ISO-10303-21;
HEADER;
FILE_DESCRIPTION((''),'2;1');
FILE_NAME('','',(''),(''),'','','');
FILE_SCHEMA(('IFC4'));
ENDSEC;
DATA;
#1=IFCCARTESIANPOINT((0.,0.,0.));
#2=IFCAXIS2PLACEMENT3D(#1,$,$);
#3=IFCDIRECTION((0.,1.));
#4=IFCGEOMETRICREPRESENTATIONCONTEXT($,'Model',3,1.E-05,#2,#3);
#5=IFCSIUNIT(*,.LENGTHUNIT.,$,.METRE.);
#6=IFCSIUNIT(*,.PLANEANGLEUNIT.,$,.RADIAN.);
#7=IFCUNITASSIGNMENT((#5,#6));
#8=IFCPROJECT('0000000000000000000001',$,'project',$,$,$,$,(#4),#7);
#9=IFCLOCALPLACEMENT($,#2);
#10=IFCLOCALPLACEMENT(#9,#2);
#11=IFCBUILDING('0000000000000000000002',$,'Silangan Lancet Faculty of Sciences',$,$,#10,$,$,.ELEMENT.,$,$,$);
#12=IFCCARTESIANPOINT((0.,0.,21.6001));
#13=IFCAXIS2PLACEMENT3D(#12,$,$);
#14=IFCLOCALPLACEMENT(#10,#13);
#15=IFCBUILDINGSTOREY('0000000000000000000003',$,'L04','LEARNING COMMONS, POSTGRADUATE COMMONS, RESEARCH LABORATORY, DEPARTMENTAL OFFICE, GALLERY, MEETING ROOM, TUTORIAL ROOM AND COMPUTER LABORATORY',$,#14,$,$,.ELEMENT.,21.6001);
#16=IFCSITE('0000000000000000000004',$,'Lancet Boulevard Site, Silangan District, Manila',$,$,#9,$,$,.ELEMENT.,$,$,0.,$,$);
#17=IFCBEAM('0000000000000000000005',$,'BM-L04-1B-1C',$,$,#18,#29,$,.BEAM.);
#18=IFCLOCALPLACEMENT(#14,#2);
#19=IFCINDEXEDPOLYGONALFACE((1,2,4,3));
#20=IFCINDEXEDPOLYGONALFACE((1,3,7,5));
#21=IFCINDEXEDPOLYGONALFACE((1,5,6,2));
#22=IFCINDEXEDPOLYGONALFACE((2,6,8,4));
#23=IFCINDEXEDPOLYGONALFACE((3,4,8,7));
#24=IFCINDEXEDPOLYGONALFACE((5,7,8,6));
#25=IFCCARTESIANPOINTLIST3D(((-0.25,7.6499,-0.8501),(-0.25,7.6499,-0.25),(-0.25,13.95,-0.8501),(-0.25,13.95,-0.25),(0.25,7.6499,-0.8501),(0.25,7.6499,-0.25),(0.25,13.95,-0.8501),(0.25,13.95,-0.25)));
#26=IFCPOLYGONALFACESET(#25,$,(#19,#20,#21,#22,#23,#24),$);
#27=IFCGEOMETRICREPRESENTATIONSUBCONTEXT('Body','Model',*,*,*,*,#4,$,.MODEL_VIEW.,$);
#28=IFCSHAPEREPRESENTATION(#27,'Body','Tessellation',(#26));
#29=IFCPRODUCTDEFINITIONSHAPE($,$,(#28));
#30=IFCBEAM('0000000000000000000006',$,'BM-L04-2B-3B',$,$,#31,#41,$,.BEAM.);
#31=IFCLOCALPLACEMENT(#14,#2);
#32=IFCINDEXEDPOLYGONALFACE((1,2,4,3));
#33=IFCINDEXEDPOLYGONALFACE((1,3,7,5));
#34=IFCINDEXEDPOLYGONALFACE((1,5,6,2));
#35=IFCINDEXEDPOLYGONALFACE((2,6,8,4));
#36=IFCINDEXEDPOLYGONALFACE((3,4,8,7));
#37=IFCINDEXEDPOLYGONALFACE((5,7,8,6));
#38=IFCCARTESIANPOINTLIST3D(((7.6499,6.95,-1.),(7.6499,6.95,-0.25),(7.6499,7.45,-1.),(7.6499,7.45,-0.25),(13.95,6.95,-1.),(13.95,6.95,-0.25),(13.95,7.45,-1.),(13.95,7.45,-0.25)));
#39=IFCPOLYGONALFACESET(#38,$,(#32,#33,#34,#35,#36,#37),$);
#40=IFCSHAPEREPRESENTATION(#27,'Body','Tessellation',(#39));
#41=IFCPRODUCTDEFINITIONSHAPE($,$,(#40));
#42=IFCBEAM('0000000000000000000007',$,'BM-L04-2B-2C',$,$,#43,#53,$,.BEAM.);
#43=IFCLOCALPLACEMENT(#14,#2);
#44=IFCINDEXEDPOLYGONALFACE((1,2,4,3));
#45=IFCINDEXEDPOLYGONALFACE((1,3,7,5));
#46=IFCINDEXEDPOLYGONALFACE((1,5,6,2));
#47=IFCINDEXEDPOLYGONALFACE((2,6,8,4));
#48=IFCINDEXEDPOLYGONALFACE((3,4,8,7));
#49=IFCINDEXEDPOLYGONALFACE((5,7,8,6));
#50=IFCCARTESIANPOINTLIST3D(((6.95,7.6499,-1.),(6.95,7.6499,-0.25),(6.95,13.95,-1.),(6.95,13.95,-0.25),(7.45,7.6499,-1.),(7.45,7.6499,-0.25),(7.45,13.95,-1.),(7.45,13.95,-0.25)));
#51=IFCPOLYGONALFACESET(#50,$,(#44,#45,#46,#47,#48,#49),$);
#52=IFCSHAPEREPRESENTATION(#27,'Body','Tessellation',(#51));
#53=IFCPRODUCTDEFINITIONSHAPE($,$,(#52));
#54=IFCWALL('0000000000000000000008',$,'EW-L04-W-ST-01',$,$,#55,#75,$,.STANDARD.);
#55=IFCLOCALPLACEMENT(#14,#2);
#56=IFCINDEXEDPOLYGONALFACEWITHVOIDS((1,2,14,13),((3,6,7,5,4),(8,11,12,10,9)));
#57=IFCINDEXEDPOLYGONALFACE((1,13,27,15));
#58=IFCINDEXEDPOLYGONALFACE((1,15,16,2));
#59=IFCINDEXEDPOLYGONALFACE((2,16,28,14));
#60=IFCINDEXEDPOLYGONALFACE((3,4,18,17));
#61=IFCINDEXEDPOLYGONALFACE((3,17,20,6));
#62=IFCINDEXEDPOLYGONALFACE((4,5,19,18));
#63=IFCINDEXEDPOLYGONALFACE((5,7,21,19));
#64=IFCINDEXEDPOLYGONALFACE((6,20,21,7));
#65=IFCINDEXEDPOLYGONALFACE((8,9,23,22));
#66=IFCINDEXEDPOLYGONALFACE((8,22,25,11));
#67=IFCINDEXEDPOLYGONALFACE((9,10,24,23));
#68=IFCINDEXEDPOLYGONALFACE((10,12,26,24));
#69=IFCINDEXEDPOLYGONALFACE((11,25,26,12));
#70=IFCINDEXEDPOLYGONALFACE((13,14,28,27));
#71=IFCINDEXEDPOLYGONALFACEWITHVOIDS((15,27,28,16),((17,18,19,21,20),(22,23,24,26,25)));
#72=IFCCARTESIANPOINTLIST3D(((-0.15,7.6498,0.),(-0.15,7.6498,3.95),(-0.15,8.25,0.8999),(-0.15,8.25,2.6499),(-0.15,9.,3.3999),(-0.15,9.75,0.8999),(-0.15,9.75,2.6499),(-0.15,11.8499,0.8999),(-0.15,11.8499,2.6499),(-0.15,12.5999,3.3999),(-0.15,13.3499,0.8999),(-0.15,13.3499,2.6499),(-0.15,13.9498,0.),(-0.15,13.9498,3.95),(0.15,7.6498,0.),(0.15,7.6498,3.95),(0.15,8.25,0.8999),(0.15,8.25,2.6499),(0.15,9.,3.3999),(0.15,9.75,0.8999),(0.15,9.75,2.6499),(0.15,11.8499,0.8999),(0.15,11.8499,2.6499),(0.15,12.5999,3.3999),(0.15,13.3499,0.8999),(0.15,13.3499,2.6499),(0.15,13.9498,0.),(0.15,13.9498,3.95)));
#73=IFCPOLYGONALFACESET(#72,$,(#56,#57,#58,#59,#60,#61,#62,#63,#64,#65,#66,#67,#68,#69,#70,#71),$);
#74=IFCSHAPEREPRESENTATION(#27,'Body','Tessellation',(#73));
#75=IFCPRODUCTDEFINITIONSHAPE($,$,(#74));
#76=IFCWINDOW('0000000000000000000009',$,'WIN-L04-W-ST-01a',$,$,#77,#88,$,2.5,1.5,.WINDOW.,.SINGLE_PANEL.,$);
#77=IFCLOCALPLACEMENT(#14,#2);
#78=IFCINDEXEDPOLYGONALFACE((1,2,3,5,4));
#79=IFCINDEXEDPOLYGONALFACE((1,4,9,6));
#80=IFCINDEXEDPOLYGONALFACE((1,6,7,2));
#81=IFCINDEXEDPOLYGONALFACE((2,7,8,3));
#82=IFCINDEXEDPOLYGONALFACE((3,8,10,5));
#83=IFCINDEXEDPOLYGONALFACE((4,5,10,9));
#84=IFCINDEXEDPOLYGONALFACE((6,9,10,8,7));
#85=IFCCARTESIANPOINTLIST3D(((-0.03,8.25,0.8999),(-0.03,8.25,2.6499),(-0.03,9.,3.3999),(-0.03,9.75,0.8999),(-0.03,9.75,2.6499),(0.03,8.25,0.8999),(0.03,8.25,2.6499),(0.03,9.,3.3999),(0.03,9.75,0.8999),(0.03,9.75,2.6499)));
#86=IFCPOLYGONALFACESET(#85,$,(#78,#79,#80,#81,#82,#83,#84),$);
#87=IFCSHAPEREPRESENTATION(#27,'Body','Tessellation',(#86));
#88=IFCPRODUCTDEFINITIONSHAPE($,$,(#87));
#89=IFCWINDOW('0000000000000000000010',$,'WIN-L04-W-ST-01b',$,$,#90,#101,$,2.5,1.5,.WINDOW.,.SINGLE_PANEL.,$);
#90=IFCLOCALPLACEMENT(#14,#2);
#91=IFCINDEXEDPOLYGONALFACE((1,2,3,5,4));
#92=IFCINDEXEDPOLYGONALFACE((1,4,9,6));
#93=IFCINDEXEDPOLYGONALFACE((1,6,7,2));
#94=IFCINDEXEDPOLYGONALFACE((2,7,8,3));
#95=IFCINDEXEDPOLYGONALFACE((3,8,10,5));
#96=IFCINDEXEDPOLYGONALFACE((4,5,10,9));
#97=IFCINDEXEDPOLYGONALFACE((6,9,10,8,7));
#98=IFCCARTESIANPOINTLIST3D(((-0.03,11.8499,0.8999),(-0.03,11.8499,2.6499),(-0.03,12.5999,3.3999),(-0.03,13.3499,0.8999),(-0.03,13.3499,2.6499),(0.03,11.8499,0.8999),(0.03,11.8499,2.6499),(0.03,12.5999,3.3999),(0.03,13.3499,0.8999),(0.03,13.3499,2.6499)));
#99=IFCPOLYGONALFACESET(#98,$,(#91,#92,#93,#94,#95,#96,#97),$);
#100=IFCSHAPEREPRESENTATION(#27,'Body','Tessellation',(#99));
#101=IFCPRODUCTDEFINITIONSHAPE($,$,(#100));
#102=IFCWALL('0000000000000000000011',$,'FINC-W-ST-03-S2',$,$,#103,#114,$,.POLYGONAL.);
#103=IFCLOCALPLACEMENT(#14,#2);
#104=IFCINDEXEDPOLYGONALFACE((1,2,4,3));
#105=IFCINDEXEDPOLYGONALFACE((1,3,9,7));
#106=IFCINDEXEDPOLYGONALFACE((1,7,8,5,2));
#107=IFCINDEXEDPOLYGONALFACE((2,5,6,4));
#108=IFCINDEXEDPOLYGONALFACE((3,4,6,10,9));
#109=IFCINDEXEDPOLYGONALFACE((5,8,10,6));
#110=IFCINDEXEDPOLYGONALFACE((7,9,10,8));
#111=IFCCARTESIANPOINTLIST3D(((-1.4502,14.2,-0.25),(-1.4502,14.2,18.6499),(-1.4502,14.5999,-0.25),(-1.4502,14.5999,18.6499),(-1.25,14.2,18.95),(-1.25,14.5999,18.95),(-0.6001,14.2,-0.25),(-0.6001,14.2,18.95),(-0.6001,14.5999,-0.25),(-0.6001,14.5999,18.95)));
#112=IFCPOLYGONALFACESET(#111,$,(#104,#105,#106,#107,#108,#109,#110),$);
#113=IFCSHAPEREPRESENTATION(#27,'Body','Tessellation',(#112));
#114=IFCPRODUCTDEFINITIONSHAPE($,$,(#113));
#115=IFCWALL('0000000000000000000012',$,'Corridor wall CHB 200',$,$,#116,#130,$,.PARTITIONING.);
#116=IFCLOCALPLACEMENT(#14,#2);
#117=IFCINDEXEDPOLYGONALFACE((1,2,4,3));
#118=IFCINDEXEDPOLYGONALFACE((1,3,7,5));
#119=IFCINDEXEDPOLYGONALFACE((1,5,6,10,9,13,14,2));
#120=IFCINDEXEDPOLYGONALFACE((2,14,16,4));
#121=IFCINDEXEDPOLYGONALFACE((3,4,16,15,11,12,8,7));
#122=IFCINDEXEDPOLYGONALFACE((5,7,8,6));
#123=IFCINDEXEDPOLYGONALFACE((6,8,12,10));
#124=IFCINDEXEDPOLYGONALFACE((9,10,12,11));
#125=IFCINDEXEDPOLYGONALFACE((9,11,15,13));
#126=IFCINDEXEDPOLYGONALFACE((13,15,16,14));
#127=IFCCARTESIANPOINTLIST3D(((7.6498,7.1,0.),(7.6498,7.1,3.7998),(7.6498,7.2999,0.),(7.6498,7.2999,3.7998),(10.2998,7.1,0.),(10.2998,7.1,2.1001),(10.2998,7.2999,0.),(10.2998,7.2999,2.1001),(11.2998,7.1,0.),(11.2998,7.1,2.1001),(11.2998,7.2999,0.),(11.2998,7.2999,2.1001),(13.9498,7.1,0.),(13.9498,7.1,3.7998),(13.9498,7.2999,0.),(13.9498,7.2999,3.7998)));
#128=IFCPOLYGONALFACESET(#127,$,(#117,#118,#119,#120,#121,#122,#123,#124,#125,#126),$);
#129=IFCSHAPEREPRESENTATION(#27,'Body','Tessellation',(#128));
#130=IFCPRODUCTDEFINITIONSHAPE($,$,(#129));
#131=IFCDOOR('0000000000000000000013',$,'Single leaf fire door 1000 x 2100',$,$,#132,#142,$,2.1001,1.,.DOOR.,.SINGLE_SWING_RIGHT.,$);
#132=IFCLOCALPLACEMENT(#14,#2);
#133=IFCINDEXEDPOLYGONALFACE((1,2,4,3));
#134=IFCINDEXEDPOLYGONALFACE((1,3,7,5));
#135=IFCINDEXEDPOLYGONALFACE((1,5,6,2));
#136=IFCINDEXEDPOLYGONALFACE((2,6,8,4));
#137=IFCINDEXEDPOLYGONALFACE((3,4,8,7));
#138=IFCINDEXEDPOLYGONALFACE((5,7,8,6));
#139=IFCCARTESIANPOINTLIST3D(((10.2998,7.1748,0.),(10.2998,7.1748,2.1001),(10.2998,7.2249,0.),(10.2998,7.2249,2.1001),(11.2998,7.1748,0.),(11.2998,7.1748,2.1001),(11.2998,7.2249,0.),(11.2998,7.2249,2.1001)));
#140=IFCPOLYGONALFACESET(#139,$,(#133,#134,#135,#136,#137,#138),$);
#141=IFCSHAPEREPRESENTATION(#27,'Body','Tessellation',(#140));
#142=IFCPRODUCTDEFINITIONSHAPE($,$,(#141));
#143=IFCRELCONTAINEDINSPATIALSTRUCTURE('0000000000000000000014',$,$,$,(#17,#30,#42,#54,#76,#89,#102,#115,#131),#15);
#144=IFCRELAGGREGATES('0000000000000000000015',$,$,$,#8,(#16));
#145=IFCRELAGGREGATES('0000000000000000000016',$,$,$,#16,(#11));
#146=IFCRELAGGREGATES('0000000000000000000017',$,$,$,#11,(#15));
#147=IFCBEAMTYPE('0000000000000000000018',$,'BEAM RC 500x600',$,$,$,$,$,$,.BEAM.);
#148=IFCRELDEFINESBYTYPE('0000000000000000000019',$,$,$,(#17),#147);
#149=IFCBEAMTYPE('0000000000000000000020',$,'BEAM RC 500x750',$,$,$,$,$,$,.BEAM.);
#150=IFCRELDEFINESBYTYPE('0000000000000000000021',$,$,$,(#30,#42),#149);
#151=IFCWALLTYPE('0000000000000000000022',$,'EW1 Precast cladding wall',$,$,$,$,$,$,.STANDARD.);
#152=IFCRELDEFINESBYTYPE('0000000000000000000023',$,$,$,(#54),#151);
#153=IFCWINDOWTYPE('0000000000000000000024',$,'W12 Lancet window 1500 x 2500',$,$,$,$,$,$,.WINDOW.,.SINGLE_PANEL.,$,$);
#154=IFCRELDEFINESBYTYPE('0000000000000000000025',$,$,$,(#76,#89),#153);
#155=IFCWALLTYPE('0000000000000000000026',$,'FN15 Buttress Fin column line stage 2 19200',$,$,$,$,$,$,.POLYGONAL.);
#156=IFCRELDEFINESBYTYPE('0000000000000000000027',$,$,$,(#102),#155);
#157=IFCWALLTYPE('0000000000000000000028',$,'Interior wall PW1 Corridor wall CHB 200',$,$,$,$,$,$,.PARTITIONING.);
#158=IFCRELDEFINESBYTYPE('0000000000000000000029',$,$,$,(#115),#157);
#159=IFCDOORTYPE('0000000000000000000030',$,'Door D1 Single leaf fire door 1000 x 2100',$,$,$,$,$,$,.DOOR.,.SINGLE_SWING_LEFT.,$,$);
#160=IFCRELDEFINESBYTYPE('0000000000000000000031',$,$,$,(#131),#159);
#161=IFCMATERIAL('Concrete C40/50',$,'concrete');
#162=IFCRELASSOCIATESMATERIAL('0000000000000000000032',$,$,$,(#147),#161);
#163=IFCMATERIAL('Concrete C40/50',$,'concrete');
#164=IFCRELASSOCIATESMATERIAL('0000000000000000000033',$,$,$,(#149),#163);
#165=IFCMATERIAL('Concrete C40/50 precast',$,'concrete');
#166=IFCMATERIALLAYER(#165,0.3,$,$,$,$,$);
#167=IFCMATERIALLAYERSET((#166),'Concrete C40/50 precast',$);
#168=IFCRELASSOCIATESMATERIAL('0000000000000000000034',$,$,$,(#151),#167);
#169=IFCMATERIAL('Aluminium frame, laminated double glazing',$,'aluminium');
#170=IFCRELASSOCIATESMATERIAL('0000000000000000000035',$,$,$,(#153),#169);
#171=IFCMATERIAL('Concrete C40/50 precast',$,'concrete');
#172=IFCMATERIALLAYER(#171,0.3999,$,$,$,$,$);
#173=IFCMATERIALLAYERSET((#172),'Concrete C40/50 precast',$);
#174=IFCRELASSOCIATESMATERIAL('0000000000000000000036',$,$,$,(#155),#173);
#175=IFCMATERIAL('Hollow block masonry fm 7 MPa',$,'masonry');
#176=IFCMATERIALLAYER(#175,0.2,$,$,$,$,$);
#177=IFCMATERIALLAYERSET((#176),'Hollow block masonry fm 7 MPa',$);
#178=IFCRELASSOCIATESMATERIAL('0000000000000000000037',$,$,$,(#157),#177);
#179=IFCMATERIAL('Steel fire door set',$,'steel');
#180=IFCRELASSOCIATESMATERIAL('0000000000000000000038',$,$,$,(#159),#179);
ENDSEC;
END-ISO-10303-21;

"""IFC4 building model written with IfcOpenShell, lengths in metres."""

from ifc_helpers import new_model, si_unit, direction, frame, frame_2d, origin, origin_2d, place, context, subcontext, project, spatial, polyline, rectangle, outline, extrude, material, layer, layer_set, material_profile, profile_set, type_object, element, fill, save


model = new_model("IFC4")

# Units and contexts
model_context = context("Model", 3, precision=1e-05, world=origin(), true_north=direction((0.0, 1.0)))
body_context = subcontext(model_context, "Body", "Model", "MODEL_VIEW")
ifc_project = project(units=[si_unit("LENGTHUNIT", "METRE"), si_unit("PLANEANGLEUNIT", "RADIAN")], contexts=[model_context])

# Site, building, storey
site_placement = place(None, origin())
site = spatial("IfcSite", under=ifc_project, at=site_placement, Name="Lancet Boulevard Site, Silangan District, Manila", CompositionType="ELEMENT", RefElevation=0.0)
building_placement = place(site_placement, origin())
building = spatial("IfcBuilding", under=site, at=building_placement, Name="Silangan Lancet Faculty of Sciences", CompositionType="ELEMENT")
storey_placement = place(building_placement, frame((0.0, 0.0, 21.6001)))
storey = spatial("IfcBuildingStorey", under=building, at=storey_placement, Name="L04", Description="LEARNING COMMONS, POSTGRADUATE COMMONS, RESEARCH LABORATORY, DEPARTMENTAL OFFICE, GALLERY, MEETING ROOM, TUTORIAL ROOM AND COMPUTER LABORATORY", CompositionType="ELEMENT", Elevation=21.6001)

# Beams
ifc_material_1 = material(Name="Concrete C40/50", Category="concrete")
ifc_material_profile_1 = material_profile(ifc_material_1, rectangle(XDim=0.5, YDim=0.6001, at=origin_2d()), Name="RC 500x600")
ifc_profile_set_1 = profile_set([ifc_material_profile_1], Name="Concrete C40/50")
beam_type_1 = type_object("IfcBeamType", Name="BEAM RC 500x600", PredefinedType="BEAM", material=ifc_profile_set_1)
beam_placement = place(storey_placement, frame((0.0, 7.6499, -0.55), z_axis=(0.0, 1.0, 0.0), x_axis=(-1.0, 0.0, 0.0)))
element("IfcBeam", 1, at=beam_placement, inside=storey, type_object=beam_type_1, Name="BM-L04-1B-1C", PredefinedType="BEAM", context=body_context, shape_type="SweptSolid", body=[
    extrude(rectangle(XDim=0.5, YDim=0.6001, at=origin_2d()), origin(), (0.0, 0.0, 1.0), 6.3),
])
ifc_material_2 = material(Name="Concrete C40/50", Category="concrete")
ifc_material_profile_2 = material_profile(ifc_material_2, rectangle(XDim=0.5, YDim=0.75, at=origin_2d()), Name="RC 500x750")
ifc_profile_set_2 = profile_set([ifc_material_profile_2], Name="Concrete C40/50")
beam_type_2 = type_object("IfcBeamType", Name="BEAM RC 500x750", PredefinedType="BEAM", material=ifc_profile_set_2)
for number, where, z_axis, x_axis, name in (
    (2, (7.6499, 7.2, -0.625), (1.0, 0.0, 0.0), (0.0, 1.0, 0.0), "BM-L04-2B-3B"),
    (3, (7.2, 7.6499, -0.625), (0.0, 1.0, 0.0), (-1.0, 0.0, 0.0), "BM-L04-2B-2C"),
):
    element("IfcBeam", number, at=place(storey_placement, frame(where, z_axis=z_axis, x_axis=x_axis)), inside=storey, type_object=beam_type_2, Name=name, PredefinedType="BEAM", context=body_context, shape_type="SweptSolid", body=[
        extrude(rectangle(XDim=0.5, YDim=0.75, at=origin_2d()), origin(), (0.0, 0.0, 1.0), 6.3),
    ])

# Wall, openings, windows
ifc_material_3 = material(Name="Concrete C40/50 precast", Category="concrete")
ifc_layer_1 = layer(ifc_material_3, 0.3)
ifc_layer_set_1 = layer_set([ifc_layer_1], Name="Concrete C40/50 precast")
wall_type_1 = type_object("IfcWallType", Name="EW1 Precast cladding wall", PredefinedType="STANDARD", material=ifc_layer_set_1)
wall_1_placement = place(storey_placement, frame((0.0, 7.6499, 0.0), z_axis=(0.0, 0.0, 1.0), x_axis=(0.0, 1.0, 0.0)))
wall_1 = element("IfcWall", 4, at=wall_1_placement, inside=storey, type_object=wall_type_1, Name="EW-L04-W-ST-01", PredefinedType="STANDARD", context=body_context, shape_type="SweptSolid", body=[
    extrude(rectangle(XDim=6.3, YDim=0.3, at=frame_2d((3.1499, 0.0))), origin(), (0.0, 0.0, 1.0), 3.95),
])
opening_1_placement = place(wall_1_placement, frame((0.6001, 0.0, 0.8999)))
opening_1 = element("IfcOpeningElement", 5, at=opening_1_placement, cuts=wall_1, PredefinedType="OPENING", context=body_context, shape_type="SweptSolid", body=[
    extrude(outline(polyline([(0.0, 0.0), (1.5, 0.0), (1.5, 1.75), (0.75, 2.5), (0.0, 1.75), (0.0, 0.0)])), frame((0.0, 0.1599, 0.0), z_axis=(0.0, -1.0, 0.0), x_axis=(1.0, 0.0, 0.0)), (0.0, 0.0, 1.0), 0.3201),
])
opening_2_placement = place(wall_1_placement, frame((4.2, 0.0, 0.8999)))
opening_2 = element("IfcOpeningElement", 6, at=opening_2_placement, cuts=wall_1, PredefinedType="OPENING", context=body_context, shape_type="SweptSolid", body=[
    extrude(outline(polyline([(0.0, 0.0), (1.5, 0.0), (1.5, 1.75), (0.75, 2.5), (0.0, 1.75), (0.0, 0.0)])), frame((0.0, 0.1599, 0.0), z_axis=(0.0, -1.0, 0.0), x_axis=(1.0, 0.0, 0.0)), (0.0, 0.0, 1.0), 0.3201),
])
ifc_material_4 = material(Name="Aluminium frame, laminated double glazing", Category="aluminium")
window_type = type_object("IfcWindowType", Name="W12 Lancet window 1500 x 2500", PartitioningType="SINGLE_PANEL", PredefinedType="WINDOW", material=ifc_material_4)
window_1_placement = place(opening_1_placement, origin())
window_1 = element("IfcWindow", 7, at=window_1_placement, inside=storey, type_object=window_type, Name="WIN-L04-W-ST-01a", OverallHeight=2.5, OverallWidth=1.5, PartitioningType="SINGLE_PANEL", PredefinedType="WINDOW", context=body_context, shape_type="SweptSolid", body=[
    extrude(outline(polyline([(0.0, 0.0), (1.5, 0.0), (1.5, 1.75), (0.75, 2.5), (0.0, 1.75), (0.0, 0.0)])), frame((0.0, 0.03, 0.0), z_axis=(0.0, -1.0, 0.0), x_axis=(1.0, 0.0, 0.0)), (0.0, 0.0, 1.0), 0.0601),
])
fill(opening_1, window_1)
window_2_placement = place(opening_2_placement, origin())
window_2 = element("IfcWindow", 8, at=window_2_placement, inside=storey, type_object=window_type, Name="WIN-L04-W-ST-01b", OverallHeight=2.5, OverallWidth=1.5, PartitioningType="SINGLE_PANEL", PredefinedType="WINDOW", context=body_context, shape_type="SweptSolid", body=[
    extrude(outline(polyline([(0.0, 0.0), (1.5, 0.0), (1.5, 1.75), (0.75, 2.5), (0.0, 1.75), (0.0, 0.0)])), frame((0.0, 0.03, 0.0), z_axis=(0.0, -1.0, 0.0), x_axis=(1.0, 0.0, 0.0)), (0.0, 0.0, 1.0), 0.0601),
])
fill(opening_2, window_2)

# Wall
ifc_material_5 = material(Name="Concrete C40/50 precast", Category="concrete")
ifc_layer_2 = layer(ifc_material_5, 0.3999)
ifc_layer_set_2 = layer_set([ifc_layer_2], Name="Concrete C40/50 precast")
wall_type_2 = type_object("IfcWallType", Name="FN15 Buttress Fin column line stage 2 19200", PredefinedType="POLYGONAL", material=ifc_layer_set_2)
wall_2_placement = place(storey_placement, frame((-0.6001, 14.3999, -0.25), z_axis=(0.0, 0.0, 1.0), x_axis=(-1.0, 0.0, 0.0)))
element("IfcWall", 9, at=wall_2_placement, inside=storey, type_object=wall_type_2, Name="FINC-W-ST-03-S2", PredefinedType="POLYGONAL", context=body_context, shape_type="SweptSolid", body=[
    extrude(outline(polyline([(0.8501, 0.0), (0.8501, 18.8999), (0.6499, 19.2), (0.0, 19.2), (0.0, 0.0), (0.8501, 0.0)])), frame((0.0, 0.2, 0.0), z_axis=(0.0, -1.0, 0.0), x_axis=(1.0, 0.0, 0.0)), (0.0, 0.0, 1.0), 0.3999),
])

# Wall, opening, door
ifc_material_6 = material(Name="Hollow block masonry fm 7 MPa", Category="masonry")
ifc_layer_3 = layer(ifc_material_6, 0.2)
ifc_layer_set_3 = layer_set([ifc_layer_3], Name="Hollow block masonry fm 7 MPa")
wall_type_3 = type_object("IfcWallType", Name="Interior wall PW1 Corridor wall CHB 200", PredefinedType="PARTITIONING", material=ifc_layer_set_3)
wall_3_placement = place(storey_placement, frame((7.6499, 7.2, 0.0), z_axis=(0.0, 0.0, 1.0), x_axis=(1.0, 0.0, 0.0)))
wall_3 = element("IfcWall", 10, at=wall_3_placement, inside=storey, type_object=wall_type_3, Name="Corridor wall CHB 200", PredefinedType="PARTITIONING", context=body_context, shape_type="SweptSolid", body=[
    extrude(rectangle(XDim=6.3, YDim=0.2, at=frame_2d((3.1499, 0.0))), origin(), (0.0, 0.0, 1.0), 3.7998),
])
opening_3_placement = place(wall_3_placement, frame((2.6499, 0.0, 0.0)))
opening_3 = element("IfcOpeningElement", 11, at=opening_3_placement, cuts=wall_3, PredefinedType="OPENING", context=body_context, shape_type="SweptSolid", body=[
    extrude(rectangle(XDim=1.0, YDim=2.1001, at=frame_2d((0.5, 1.05))), frame((0.0, 0.1099, 0.0), z_axis=(0.0, -1.0, 0.0), x_axis=(1.0, 0.0, 0.0)), (0.0, 0.0, 1.0), 0.22),
])
ifc_material_7 = material(Name="Steel fire door set", Category="steel")
door_type = type_object("IfcDoorType", Name="Door D1 Single leaf fire door 1000 x 2100", OperationType="SINGLE_SWING_LEFT", PredefinedType="DOOR", material=ifc_material_7)
door_1_placement = place(opening_3_placement, frame((1.0, 0.0, 0.0), z_axis=(0.0, 0.0, 1.0), x_axis=(-1.0, 0.0, 0.0)))
door_1 = element("IfcDoor", 12, at=door_1_placement, inside=storey, type_object=door_type, Name="Single leaf fire door 1000 x 2100", OperationType="SINGLE_SWING_RIGHT", OverallHeight=2.1001, OverallWidth=1.0, PredefinedType="DOOR", context=body_context, shape_type="SweptSolid", body=[
    extrude(rectangle(XDim=1.0, YDim=2.1001, at=frame_2d((0.5, 1.05))), frame((0.0, 0.0251, 0.0), z_axis=(0.0, -1.0, 0.0), x_axis=(1.0, 0.0, 0.0)), (0.0, 0.0, 1.0), 0.05),
])
fill(opening_3, door_1)

save(model, "model.ifc")
